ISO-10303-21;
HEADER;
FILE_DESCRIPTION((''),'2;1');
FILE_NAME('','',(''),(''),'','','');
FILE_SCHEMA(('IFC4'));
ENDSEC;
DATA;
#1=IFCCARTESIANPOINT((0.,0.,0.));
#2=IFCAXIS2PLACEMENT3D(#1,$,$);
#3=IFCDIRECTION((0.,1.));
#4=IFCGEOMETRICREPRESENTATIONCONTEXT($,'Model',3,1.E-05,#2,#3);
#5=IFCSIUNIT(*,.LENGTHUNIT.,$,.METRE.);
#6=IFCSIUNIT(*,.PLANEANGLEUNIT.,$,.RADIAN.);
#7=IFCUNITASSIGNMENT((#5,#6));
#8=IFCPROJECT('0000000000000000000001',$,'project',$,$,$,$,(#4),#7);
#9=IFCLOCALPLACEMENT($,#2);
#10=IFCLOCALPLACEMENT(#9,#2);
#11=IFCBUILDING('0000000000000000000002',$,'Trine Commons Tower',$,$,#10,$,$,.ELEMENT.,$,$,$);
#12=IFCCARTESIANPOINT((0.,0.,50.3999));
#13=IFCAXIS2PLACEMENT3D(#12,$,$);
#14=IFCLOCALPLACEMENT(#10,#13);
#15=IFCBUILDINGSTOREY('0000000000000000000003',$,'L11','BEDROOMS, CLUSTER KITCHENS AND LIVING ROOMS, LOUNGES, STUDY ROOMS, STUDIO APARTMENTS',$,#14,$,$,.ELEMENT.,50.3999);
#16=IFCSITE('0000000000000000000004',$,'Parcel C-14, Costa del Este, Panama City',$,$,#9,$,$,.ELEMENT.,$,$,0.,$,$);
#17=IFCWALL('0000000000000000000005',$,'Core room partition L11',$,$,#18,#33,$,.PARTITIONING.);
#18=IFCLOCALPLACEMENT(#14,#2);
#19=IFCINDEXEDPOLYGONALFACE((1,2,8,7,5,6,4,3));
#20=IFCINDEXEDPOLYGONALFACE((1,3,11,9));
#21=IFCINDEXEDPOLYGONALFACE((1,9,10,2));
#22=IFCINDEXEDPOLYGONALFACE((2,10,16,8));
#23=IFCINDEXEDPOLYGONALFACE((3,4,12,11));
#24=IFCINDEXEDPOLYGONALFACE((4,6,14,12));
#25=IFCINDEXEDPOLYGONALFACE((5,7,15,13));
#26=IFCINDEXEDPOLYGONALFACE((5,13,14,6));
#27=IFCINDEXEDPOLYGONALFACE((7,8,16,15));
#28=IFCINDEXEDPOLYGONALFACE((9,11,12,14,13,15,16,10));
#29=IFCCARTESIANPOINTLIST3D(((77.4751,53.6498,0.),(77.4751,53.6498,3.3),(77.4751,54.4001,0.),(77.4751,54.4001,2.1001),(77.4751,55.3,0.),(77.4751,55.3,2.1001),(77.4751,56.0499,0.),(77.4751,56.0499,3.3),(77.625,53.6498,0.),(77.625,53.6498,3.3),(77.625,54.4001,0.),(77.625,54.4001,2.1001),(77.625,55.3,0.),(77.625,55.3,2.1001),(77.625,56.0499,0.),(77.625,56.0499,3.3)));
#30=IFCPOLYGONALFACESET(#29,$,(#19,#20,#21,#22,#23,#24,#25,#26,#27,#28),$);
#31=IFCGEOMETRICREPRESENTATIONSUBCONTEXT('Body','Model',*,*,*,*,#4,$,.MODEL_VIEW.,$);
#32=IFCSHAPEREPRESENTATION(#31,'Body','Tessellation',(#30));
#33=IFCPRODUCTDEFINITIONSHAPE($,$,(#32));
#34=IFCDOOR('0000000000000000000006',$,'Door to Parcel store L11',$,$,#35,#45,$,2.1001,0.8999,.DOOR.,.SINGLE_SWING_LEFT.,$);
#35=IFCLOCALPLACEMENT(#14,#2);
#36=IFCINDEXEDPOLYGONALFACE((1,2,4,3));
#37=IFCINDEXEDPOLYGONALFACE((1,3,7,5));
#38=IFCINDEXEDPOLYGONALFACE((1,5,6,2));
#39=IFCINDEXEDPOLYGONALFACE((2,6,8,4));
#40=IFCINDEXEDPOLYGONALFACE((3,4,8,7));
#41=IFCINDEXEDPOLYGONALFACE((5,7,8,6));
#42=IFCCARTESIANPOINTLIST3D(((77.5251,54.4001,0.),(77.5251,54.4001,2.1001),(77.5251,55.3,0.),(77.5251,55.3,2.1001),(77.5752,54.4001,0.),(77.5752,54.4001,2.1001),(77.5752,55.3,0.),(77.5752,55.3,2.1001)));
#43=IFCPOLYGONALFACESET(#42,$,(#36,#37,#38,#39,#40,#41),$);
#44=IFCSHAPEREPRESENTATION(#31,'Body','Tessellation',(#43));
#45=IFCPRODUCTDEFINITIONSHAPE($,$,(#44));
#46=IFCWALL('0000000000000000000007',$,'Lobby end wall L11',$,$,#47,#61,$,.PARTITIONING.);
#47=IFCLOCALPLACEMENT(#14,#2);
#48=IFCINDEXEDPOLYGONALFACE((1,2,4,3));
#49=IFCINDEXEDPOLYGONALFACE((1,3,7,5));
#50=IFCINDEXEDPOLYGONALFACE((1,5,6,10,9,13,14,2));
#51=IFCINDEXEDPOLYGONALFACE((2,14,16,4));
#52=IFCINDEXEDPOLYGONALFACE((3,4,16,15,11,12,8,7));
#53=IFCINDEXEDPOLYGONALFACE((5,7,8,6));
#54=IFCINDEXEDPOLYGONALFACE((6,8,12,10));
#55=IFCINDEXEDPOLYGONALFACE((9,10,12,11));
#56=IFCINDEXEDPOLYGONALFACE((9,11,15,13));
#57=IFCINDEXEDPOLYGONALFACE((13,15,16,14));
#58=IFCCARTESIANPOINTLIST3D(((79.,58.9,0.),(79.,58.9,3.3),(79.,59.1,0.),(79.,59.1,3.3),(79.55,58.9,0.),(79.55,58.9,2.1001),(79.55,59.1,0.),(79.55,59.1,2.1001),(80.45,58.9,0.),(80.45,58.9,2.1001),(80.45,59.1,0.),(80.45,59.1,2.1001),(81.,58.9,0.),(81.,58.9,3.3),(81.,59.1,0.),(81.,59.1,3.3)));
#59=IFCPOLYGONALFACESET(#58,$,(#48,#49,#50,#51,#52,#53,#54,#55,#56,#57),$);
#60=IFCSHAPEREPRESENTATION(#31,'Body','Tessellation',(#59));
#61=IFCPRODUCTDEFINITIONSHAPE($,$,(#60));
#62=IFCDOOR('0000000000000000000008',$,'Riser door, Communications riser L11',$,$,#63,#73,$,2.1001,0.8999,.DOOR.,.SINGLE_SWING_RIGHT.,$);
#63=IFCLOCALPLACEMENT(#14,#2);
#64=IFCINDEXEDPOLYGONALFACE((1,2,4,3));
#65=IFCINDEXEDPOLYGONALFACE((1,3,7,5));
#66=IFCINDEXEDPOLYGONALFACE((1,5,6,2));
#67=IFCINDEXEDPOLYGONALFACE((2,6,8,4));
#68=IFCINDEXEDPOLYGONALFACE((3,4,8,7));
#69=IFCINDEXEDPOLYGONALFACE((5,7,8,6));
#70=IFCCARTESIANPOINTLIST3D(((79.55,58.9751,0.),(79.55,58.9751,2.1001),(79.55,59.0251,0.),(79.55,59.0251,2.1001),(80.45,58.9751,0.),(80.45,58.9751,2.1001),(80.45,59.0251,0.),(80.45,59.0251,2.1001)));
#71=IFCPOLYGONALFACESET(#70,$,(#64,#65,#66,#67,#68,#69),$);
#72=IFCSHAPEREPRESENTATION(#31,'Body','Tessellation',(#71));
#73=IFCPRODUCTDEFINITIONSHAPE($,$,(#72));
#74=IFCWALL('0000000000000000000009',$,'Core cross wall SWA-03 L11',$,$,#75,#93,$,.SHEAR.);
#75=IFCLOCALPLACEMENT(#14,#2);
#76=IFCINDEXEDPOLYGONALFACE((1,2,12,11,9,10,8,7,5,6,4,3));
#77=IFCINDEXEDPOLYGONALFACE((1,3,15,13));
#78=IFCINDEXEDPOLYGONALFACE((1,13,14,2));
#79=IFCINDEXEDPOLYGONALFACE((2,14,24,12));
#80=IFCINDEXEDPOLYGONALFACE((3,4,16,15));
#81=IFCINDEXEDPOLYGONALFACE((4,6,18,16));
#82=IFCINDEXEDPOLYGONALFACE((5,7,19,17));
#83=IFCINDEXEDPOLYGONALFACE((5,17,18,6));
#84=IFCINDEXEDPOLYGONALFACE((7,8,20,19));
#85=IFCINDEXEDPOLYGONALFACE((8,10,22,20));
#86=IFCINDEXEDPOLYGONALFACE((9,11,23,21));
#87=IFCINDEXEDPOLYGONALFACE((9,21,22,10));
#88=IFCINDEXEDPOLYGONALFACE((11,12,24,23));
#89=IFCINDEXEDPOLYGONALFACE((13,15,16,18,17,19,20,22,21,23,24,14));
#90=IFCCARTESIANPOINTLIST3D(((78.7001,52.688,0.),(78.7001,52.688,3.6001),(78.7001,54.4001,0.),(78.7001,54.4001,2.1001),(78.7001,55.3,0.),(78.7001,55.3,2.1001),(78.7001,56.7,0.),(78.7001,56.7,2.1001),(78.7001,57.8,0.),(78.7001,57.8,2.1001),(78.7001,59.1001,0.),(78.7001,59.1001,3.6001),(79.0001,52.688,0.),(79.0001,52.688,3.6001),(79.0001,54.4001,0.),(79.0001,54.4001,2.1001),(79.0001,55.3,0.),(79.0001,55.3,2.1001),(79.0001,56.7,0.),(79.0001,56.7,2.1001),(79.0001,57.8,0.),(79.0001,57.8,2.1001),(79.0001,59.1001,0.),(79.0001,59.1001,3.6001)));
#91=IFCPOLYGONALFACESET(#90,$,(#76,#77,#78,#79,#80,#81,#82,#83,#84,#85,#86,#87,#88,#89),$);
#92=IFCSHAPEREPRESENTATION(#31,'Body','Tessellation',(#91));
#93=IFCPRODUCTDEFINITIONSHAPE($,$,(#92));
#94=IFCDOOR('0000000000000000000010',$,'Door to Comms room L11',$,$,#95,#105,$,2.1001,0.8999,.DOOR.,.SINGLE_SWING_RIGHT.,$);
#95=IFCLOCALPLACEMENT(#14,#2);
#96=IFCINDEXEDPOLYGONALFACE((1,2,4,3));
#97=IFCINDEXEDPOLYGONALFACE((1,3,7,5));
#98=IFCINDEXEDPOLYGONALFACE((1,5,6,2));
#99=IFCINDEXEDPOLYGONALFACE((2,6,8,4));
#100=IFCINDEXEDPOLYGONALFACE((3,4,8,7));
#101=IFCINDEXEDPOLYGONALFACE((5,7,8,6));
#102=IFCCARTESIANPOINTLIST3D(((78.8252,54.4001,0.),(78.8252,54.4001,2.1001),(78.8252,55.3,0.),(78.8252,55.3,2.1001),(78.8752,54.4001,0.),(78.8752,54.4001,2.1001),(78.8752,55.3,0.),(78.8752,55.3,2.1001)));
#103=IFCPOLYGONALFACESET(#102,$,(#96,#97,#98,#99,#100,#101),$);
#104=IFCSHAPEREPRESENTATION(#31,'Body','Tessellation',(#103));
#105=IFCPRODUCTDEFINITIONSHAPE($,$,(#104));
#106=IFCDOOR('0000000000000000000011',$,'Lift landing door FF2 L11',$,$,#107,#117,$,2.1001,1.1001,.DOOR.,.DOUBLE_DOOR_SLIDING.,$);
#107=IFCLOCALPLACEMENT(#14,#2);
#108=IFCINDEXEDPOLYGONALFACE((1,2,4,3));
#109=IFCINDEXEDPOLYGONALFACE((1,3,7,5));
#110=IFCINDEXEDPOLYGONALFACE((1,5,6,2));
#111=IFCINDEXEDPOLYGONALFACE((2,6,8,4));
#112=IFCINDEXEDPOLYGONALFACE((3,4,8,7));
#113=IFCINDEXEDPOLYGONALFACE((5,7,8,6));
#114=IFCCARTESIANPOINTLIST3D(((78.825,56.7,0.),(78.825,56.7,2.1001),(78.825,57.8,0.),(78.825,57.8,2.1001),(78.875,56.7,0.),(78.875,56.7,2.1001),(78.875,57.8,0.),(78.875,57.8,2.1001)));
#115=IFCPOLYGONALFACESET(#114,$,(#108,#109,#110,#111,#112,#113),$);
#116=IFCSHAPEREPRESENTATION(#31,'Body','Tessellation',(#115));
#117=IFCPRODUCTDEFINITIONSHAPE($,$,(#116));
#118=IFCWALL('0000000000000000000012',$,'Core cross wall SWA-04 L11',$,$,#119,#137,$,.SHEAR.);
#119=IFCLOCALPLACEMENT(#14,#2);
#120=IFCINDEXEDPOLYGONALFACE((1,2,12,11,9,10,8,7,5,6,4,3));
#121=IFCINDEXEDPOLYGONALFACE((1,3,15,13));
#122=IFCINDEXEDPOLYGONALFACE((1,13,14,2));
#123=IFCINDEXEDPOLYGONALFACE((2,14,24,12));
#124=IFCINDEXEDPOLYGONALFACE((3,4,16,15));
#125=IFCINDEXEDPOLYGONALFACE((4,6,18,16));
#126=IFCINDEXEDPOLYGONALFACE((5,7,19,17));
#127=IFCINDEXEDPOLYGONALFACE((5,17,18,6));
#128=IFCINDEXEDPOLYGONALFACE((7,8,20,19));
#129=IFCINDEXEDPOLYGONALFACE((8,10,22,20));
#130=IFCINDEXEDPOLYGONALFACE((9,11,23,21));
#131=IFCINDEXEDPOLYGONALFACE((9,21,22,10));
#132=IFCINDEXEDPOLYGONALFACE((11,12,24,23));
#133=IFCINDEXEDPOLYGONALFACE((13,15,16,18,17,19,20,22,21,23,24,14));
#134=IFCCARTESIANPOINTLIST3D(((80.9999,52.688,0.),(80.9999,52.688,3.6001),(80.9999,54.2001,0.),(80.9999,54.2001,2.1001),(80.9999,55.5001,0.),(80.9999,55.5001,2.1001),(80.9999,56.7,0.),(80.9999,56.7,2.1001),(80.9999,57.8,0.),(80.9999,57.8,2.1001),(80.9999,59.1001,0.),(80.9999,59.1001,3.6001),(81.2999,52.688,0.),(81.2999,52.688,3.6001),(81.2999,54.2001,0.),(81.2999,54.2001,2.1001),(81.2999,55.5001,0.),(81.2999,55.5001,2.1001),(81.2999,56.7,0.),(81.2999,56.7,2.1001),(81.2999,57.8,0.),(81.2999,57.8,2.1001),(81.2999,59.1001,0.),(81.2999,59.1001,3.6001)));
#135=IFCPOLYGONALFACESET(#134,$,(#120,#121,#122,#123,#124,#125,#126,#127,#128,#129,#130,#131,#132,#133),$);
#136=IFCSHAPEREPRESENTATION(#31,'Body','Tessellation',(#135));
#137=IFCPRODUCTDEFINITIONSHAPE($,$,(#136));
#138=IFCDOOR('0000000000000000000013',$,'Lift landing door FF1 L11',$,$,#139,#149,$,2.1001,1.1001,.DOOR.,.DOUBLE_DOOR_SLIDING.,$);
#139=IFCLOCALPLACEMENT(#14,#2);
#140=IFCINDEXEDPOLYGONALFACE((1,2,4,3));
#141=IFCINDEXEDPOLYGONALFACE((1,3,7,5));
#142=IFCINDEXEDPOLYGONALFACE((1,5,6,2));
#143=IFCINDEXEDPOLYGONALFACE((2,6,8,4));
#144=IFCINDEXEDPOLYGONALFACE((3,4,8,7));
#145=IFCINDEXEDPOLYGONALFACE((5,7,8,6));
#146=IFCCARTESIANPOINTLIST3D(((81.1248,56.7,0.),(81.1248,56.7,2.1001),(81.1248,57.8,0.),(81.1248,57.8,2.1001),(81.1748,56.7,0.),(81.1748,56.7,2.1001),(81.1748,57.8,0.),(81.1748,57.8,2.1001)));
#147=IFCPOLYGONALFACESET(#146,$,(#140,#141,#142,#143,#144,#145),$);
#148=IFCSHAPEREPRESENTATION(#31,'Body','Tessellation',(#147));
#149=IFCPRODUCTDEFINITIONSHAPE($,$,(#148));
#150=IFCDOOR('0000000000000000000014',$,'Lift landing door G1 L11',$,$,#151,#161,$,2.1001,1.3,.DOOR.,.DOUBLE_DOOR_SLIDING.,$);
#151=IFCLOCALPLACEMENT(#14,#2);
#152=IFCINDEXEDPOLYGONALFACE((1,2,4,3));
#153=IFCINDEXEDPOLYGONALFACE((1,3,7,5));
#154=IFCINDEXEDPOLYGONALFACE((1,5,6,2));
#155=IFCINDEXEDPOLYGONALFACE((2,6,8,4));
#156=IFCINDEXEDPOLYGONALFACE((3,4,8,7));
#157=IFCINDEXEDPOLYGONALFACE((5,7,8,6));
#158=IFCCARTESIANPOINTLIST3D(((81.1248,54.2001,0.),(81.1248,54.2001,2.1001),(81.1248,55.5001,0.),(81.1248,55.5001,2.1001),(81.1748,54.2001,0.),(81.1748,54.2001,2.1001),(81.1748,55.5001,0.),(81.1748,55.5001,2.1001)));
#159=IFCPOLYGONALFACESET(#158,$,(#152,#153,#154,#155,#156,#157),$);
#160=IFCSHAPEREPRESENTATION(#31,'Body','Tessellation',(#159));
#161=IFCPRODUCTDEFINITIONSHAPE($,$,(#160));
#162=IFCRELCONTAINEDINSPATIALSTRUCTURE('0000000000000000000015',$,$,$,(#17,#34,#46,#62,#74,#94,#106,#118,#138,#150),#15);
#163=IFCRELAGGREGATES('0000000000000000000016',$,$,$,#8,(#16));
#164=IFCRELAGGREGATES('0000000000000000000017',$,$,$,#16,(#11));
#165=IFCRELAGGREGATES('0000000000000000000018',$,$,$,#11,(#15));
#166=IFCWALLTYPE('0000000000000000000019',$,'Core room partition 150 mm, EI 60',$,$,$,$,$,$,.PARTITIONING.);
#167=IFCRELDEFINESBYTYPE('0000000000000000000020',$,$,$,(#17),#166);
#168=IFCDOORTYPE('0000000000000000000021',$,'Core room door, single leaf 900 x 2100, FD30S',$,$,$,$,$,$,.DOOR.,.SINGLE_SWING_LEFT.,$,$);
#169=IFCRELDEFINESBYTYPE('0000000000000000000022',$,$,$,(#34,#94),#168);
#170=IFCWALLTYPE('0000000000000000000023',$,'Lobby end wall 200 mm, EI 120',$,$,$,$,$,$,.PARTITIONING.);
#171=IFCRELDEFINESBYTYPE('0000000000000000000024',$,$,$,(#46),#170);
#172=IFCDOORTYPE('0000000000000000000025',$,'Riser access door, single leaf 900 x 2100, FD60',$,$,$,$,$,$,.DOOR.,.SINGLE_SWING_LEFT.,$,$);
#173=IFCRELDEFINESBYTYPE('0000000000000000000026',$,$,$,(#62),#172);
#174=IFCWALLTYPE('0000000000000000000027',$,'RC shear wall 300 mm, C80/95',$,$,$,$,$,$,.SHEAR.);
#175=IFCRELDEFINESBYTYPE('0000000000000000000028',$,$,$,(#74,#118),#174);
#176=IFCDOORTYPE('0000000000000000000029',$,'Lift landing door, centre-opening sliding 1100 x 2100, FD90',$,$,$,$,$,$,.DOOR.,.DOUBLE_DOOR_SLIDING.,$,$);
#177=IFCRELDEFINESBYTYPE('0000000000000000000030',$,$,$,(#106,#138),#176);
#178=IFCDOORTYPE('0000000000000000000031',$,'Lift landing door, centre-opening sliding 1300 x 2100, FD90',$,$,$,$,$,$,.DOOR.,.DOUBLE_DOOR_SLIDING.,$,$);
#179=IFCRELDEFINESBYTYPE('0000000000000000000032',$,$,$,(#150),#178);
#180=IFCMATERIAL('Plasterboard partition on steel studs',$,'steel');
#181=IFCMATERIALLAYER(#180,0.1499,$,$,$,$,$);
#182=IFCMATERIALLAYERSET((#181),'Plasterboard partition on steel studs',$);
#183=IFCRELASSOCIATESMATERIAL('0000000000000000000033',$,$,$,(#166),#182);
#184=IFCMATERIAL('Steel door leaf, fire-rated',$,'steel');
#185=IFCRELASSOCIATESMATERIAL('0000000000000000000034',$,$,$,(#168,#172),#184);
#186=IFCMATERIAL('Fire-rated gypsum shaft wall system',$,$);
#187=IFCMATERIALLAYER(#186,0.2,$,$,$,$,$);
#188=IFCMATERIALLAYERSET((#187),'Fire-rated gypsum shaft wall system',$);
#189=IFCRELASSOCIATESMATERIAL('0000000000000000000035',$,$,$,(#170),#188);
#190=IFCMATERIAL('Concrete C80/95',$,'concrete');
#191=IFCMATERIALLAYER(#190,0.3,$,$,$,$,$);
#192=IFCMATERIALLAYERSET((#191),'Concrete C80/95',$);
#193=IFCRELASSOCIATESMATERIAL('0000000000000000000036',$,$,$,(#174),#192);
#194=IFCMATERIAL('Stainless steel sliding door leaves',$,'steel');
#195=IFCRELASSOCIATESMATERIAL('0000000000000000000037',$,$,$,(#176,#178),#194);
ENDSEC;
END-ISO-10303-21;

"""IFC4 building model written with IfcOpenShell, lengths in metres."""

from ifc_helpers import new_model, si_unit, direction, frame, frame_2d, origin, place, context, subcontext, project, spatial, rectangle, extrude, material, layer, layer_set, type_object, element, fill, save


model = new_model("IFC4")

# Units and contexts
model_context = context("Model", 3, precision=1e-05, world=origin(), true_north=direction((0.0, 1.0)))
body_context = subcontext(model_context, "Body", "Model", "MODEL_VIEW")
ifc_project = project(units=[si_unit("LENGTHUNIT", "METRE"), si_unit("PLANEANGLEUNIT", "RADIAN")], contexts=[model_context])

# Site, building, storey
site_placement = place(None, origin())
site = spatial("IfcSite", under=ifc_project, at=site_placement, Name="Parcel C-14, Costa del Este, Panama City", CompositionType="ELEMENT", RefElevation=0.0)
building_placement = place(site_placement, origin())
building = spatial("IfcBuilding", under=site, at=building_placement, Name="Trine Commons Tower", CompositionType="ELEMENT")
storey_placement = place(building_placement, frame((0.0, 0.0, 50.3999)))
storey = spatial("IfcBuildingStorey", under=building, at=storey_placement, Name="L11", Description="BEDROOMS, CLUSTER KITCHENS AND LIVING ROOMS, LOUNGES, STUDY ROOMS, STUDIO APARTMENTS", CompositionType="ELEMENT", Elevation=50.3999)

# Walls, openings, doors
ifc_material_1 = material(Name="Plasterboard partition on steel studs", Category="steel")
ifc_layer_1 = layer(ifc_material_1, 0.1499)
ifc_layer_set_1 = layer_set([ifc_layer_1], Name="Plasterboard partition on steel studs")
wall_type_1 = type_object("IfcWallType", Name="Core room partition 150 mm, EI 60", PredefinedType="PARTITIONING", material=ifc_layer_set_1)
wall_1_placement = place(storey_placement, frame((77.55, 56.05, 0.0), z_axis=(0.0, 0.0, 1.0), x_axis=(0.0, -1.0, 0.0)))
wall_1 = element("IfcWall", 1, at=wall_1_placement, inside=storey, type_object=wall_type_1, Name="Core room partition L11", PredefinedType="PARTITIONING", context=body_context, shape_type="SweptSolid", body=[
    extrude(rectangle(XDim=2.4001, YDim=0.1499, at=frame_2d((1.2002, 0.0))), origin(), (0.0, 0.0, 1.0), 3.3),
])
opening_1_placement = place(wall_1_placement, frame((0.75, 0.0, 0.0)))
opening_1 = element("IfcOpeningElement", 2, at=opening_1_placement, cuts=wall_1, PredefinedType="OPENING", context=body_context, shape_type="SweptSolid", body=[
    extrude(rectangle(XDim=0.8999, YDim=2.1001, at=frame_2d((0.45, 1.05))), frame((0.0, 0.085, 0.0), z_axis=(0.0, -1.0, 0.0), x_axis=(1.0, 0.0, 0.0)), (0.0, 0.0, 1.0), 0.1699),
])
ifc_material_2 = material(Name="Steel door leaf, fire-rated", Category="steel")
door_type_1 = type_object("IfcDoorType", Name="Core room door, single leaf 900 x 2100, FD30S", OperationType="SINGLE_SWING_LEFT", PredefinedType="DOOR", material=ifc_material_2)
door_1_placement = place(opening_1_placement, frame((0.8999, 0.0, 0.0), z_axis=(0.0, 0.0, 1.0), x_axis=(-1.0, 0.0, 0.0)))
door_1 = element("IfcDoor", 3, at=door_1_placement, inside=storey, type_object=door_type_1, Name="Door to Parcel store L11", OperationType="SINGLE_SWING_LEFT", OverallHeight=2.1001, OverallWidth=0.8999, PredefinedType="DOOR", context=body_context, shape_type="SweptSolid", body=[
    extrude(rectangle(XDim=0.8999, YDim=2.1001, at=frame_2d((0.45, 1.05))), frame((0.0, 0.0249, 0.0), z_axis=(0.0, -1.0, 0.0), x_axis=(1.0, 0.0, 0.0)), (0.0, 0.0, 1.0), 0.05),
])
fill(opening_1, door_1)
ifc_material_3 = material(Name="Fire-rated gypsum shaft wall system")
ifc_layer_2 = layer(ifc_material_3, 0.2)
ifc_layer_set_2 = layer_set([ifc_layer_2], Name="Fire-rated gypsum shaft wall system")
wall_type_2 = type_object("IfcWallType", Name="Lobby end wall 200 mm, EI 120", PredefinedType="PARTITIONING", material=ifc_layer_set_2)
wall_2_placement = place(storey_placement, frame((79.0, 59.0, 0.0), z_axis=(0.0, 0.0, 1.0), x_axis=(1.0, 0.0, 0.0)))
wall_2 = element("IfcWall", 4, at=wall_2_placement, inside=storey, type_object=wall_type_2, Name="Lobby end wall L11", PredefinedType="PARTITIONING", context=body_context, shape_type="SweptSolid", body=[
    extrude(rectangle(XDim=2.0, YDim=0.2, at=frame_2d((1.0, 0.0))), origin(), (0.0, 0.0, 1.0), 3.3),
])
opening_2_placement = place(wall_2_placement, frame((0.55, 0.0, 0.0)))
opening_2 = element("IfcOpeningElement", 5, at=opening_2_placement, cuts=wall_2, PredefinedType="OPENING", context=body_context, shape_type="SweptSolid", body=[
    extrude(rectangle(XDim=0.8999, YDim=2.1001, at=frame_2d((0.45, 1.05))), frame((0.0, 0.1099, 0.0), z_axis=(0.0, -1.0, 0.0), x_axis=(1.0, 0.0, 0.0)), (0.0, 0.0, 1.0), 0.22),
])
door_type_2 = type_object("IfcDoorType", Name="Riser access door, single leaf 900 x 2100, FD60", OperationType="SINGLE_SWING_LEFT", PredefinedType="DOOR", material=ifc_material_2)
door_2_placement = place(opening_2_placement, frame((0.8999, 0.0, 0.0), z_axis=(0.0, 0.0, 1.0), x_axis=(-1.0, 0.0, 0.0)))
door_2 = element("IfcDoor", 6, at=door_2_placement, inside=storey, type_object=door_type_2, Name="Riser door, Communications riser L11", OperationType="SINGLE_SWING_RIGHT", OverallHeight=2.1001, OverallWidth=0.8999, PredefinedType="DOOR", context=body_context, shape_type="SweptSolid", body=[
    extrude(rectangle(XDim=0.8999, YDim=2.1001, at=frame_2d((0.45, 1.05))), frame((0.0, 0.0249, 0.0), z_axis=(0.0, -1.0, 0.0), x_axis=(1.0, 0.0, 0.0)), (0.0, 0.0, 1.0), 0.05),
])
fill(opening_2, door_2)

# Walls, openings, doors
ifc_material_4 = material(Name="Concrete C80/95", Category="concrete")
ifc_layer_3 = layer(ifc_material_4, 0.3)
ifc_layer_set_3 = layer_set([ifc_layer_3], Name="Concrete C80/95")
wall_type_3 = type_object("IfcWallType", Name="RC shear wall 300 mm, C80/95", PredefinedType="SHEAR", material=ifc_layer_set_3)
wall_3_placement = place(storey_placement, frame((78.8501, 59.1001, 0.0), z_axis=(0.0, 0.0, 1.0), x_axis=(0.0, -1.0, 0.0)))
wall_3 = element("IfcWall", 7, at=wall_3_placement, inside=storey, type_object=wall_type_3, Name="Core cross wall SWA-03 L11", PredefinedType="SHEAR", context=body_context, shape_type="SweptSolid", body=[
    extrude(rectangle(XDim=6.4121, YDim=0.3, at=frame_2d((3.2061, 0.0))), origin(), (0.0, 0.0, 1.0), 3.6001),
])
opening_3_placement = place(wall_3_placement, frame((3.8, 0.0, 0.0)))
opening_3 = element("IfcOpeningElement", 8, at=opening_3_placement, cuts=wall_3, PredefinedType="OPENING", context=body_context, shape_type="SweptSolid", body=[
    extrude(rectangle(XDim=0.8999, YDim=2.1001, at=frame_2d((0.45, 1.05))), frame((0.0, 0.1599, 0.0), z_axis=(0.0, -1.0, 0.0), x_axis=(1.0, 0.0, 0.0)), (0.0, 0.0, 1.0), 0.3201),
])
opening_4_placement = place(wall_3_placement, frame((1.3, 0.0, 0.0)))
opening_4 = element("IfcOpeningElement", 9, at=opening_4_placement, cuts=wall_3, PredefinedType="OPENING", context=body_context, shape_type="SweptSolid", body=[
    extrude(rectangle(XDim=1.1001, YDim=2.1001, at=frame_2d((0.55, 1.05))), frame((0.0, 0.1599, 0.0), z_axis=(0.0, -1.0, 0.0), x_axis=(1.0, 0.0, 0.0)), (0.0, 0.0, 1.0), 0.3201),
])
door_3_placement = place(opening_3_placement, frame((0.8999, 0.0, 0.0), z_axis=(0.0, 0.0, 1.0), x_axis=(-1.0, 0.0, 0.0)))
door_3 = element("IfcDoor", 10, at=door_3_placement, inside=storey, type_object=door_type_1, Name="Door to Comms room L11", OperationType="SINGLE_SWING_RIGHT", OverallHeight=2.1001, OverallWidth=0.8999, PredefinedType="DOOR", context=body_context, shape_type="SweptSolid", body=[
    extrude(rectangle(XDim=0.8999, YDim=2.1001, at=frame_2d((0.45, 1.05))), frame((0.0, 0.0249, 0.0), z_axis=(0.0, -1.0, 0.0), x_axis=(1.0, 0.0, 0.0)), (0.0, 0.0, 1.0), 0.05),
])
fill(opening_3, door_3)
ifc_material_5 = material(Name="Stainless steel sliding door leaves", Category="steel")
door_type_3 = type_object("IfcDoorType", Name="Lift landing door, centre-opening sliding 1100 x 2100, FD90", OperationType="DOUBLE_DOOR_SLIDING", PredefinedType="DOOR", material=ifc_material_5)
door_4_placement = place(opening_4_placement, origin())
door_4 = element("IfcDoor", 11, at=door_4_placement, inside=storey, type_object=door_type_3, Name="Lift landing door FF2 L11", OperationType="DOUBLE_DOOR_SLIDING", OverallHeight=2.1001, OverallWidth=1.1001, PredefinedType="DOOR", context=body_context, shape_type="SweptSolid", body=[
    extrude(rectangle(XDim=1.1001, YDim=2.1001, at=frame_2d((0.55, 1.05))), frame((0.0, 0.0249, 0.0), z_axis=(0.0, -1.0, 0.0), x_axis=(1.0, 0.0, 0.0)), (0.0, 0.0, 1.0), 0.05),
])
fill(opening_4, door_4)
wall_4_placement = place(storey_placement, frame((81.1499, 59.1001, 0.0), z_axis=(0.0, 0.0, 1.0), x_axis=(0.0, -1.0, 0.0)))
wall_4 = element("IfcWall", 12, at=wall_4_placement, inside=storey, type_object=wall_type_3, Name="Core cross wall SWA-04 L11", PredefinedType="SHEAR", context=body_context, shape_type="SweptSolid", body=[
    extrude(rectangle(XDim=6.4121, YDim=0.3, at=frame_2d((3.2061, 0.0))), origin(), (0.0, 0.0, 1.0), 3.6001),
])
opening_5_placement = place(wall_4_placement, frame((3.6001, 0.0, 0.0)))
opening_5 = element("IfcOpeningElement", 13, at=opening_5_placement, cuts=wall_4, PredefinedType="OPENING", context=body_context, shape_type="SweptSolid", body=[
    extrude(rectangle(XDim=1.3, YDim=2.1001, at=frame_2d((0.6499, 1.05))), frame((0.0, 0.1599, 0.0), z_axis=(0.0, -1.0, 0.0), x_axis=(1.0, 0.0, 0.0)), (0.0, 0.0, 1.0), 0.3201),
])
opening_6_placement = place(wall_4_placement, frame((1.3, 0.0, 0.0)))
opening_6 = element("IfcOpeningElement", 14, at=opening_6_placement, cuts=wall_4, PredefinedType="OPENING", context=body_context, shape_type="SweptSolid", body=[
    extrude(rectangle(XDim=1.1001, YDim=2.1001, at=frame_2d((0.55, 1.05))), frame((0.0, 0.1599, 0.0), z_axis=(0.0, -1.0, 0.0), x_axis=(1.0, 0.0, 0.0)), (0.0, 0.0, 1.0), 0.3201),
])
door_5_placement = place(opening_6_placement, origin())
door_5 = element("IfcDoor", 15, at=door_5_placement, inside=storey, type_object=door_type_3, Name="Lift landing door FF1 L11", OperationType="DOUBLE_DOOR_SLIDING", OverallHeight=2.1001, OverallWidth=1.1001, PredefinedType="DOOR", context=body_context, shape_type="SweptSolid", body=[
    extrude(rectangle(XDim=1.1001, YDim=2.1001, at=frame_2d((0.55, 1.05))), frame((0.0, 0.0249, 0.0), z_axis=(0.0, -1.0, 0.0), x_axis=(1.0, 0.0, 0.0)), (0.0, 0.0, 1.0), 0.05),
])
fill(opening_6, door_5)
door_type_4 = type_object("IfcDoorType", Name="Lift landing door, centre-opening sliding 1300 x 2100, FD90", OperationType="DOUBLE_DOOR_SLIDING", PredefinedType="DOOR", material=ifc_material_5)
door_6_placement = place(opening_5_placement, origin())
door_6 = element("IfcDoor", 16, at=door_6_placement, inside=storey, type_object=door_type_4, Name="Lift landing door G1 L11", OperationType="DOUBLE_DOOR_SLIDING", OverallHeight=2.1001, OverallWidth=1.3, PredefinedType="DOOR", context=body_context, shape_type="SweptSolid", body=[
    extrude(rectangle(XDim=1.3, YDim=2.1001, at=frame_2d((0.6499, 1.05))), frame((0.0, 0.0249, 0.0), z_axis=(0.0, -1.0, 0.0), x_axis=(1.0, 0.0, 0.0)), (0.0, 0.0, 1.0), 0.05),
])
fill(opening_5, door_6)

save(model, "model.ifc")
